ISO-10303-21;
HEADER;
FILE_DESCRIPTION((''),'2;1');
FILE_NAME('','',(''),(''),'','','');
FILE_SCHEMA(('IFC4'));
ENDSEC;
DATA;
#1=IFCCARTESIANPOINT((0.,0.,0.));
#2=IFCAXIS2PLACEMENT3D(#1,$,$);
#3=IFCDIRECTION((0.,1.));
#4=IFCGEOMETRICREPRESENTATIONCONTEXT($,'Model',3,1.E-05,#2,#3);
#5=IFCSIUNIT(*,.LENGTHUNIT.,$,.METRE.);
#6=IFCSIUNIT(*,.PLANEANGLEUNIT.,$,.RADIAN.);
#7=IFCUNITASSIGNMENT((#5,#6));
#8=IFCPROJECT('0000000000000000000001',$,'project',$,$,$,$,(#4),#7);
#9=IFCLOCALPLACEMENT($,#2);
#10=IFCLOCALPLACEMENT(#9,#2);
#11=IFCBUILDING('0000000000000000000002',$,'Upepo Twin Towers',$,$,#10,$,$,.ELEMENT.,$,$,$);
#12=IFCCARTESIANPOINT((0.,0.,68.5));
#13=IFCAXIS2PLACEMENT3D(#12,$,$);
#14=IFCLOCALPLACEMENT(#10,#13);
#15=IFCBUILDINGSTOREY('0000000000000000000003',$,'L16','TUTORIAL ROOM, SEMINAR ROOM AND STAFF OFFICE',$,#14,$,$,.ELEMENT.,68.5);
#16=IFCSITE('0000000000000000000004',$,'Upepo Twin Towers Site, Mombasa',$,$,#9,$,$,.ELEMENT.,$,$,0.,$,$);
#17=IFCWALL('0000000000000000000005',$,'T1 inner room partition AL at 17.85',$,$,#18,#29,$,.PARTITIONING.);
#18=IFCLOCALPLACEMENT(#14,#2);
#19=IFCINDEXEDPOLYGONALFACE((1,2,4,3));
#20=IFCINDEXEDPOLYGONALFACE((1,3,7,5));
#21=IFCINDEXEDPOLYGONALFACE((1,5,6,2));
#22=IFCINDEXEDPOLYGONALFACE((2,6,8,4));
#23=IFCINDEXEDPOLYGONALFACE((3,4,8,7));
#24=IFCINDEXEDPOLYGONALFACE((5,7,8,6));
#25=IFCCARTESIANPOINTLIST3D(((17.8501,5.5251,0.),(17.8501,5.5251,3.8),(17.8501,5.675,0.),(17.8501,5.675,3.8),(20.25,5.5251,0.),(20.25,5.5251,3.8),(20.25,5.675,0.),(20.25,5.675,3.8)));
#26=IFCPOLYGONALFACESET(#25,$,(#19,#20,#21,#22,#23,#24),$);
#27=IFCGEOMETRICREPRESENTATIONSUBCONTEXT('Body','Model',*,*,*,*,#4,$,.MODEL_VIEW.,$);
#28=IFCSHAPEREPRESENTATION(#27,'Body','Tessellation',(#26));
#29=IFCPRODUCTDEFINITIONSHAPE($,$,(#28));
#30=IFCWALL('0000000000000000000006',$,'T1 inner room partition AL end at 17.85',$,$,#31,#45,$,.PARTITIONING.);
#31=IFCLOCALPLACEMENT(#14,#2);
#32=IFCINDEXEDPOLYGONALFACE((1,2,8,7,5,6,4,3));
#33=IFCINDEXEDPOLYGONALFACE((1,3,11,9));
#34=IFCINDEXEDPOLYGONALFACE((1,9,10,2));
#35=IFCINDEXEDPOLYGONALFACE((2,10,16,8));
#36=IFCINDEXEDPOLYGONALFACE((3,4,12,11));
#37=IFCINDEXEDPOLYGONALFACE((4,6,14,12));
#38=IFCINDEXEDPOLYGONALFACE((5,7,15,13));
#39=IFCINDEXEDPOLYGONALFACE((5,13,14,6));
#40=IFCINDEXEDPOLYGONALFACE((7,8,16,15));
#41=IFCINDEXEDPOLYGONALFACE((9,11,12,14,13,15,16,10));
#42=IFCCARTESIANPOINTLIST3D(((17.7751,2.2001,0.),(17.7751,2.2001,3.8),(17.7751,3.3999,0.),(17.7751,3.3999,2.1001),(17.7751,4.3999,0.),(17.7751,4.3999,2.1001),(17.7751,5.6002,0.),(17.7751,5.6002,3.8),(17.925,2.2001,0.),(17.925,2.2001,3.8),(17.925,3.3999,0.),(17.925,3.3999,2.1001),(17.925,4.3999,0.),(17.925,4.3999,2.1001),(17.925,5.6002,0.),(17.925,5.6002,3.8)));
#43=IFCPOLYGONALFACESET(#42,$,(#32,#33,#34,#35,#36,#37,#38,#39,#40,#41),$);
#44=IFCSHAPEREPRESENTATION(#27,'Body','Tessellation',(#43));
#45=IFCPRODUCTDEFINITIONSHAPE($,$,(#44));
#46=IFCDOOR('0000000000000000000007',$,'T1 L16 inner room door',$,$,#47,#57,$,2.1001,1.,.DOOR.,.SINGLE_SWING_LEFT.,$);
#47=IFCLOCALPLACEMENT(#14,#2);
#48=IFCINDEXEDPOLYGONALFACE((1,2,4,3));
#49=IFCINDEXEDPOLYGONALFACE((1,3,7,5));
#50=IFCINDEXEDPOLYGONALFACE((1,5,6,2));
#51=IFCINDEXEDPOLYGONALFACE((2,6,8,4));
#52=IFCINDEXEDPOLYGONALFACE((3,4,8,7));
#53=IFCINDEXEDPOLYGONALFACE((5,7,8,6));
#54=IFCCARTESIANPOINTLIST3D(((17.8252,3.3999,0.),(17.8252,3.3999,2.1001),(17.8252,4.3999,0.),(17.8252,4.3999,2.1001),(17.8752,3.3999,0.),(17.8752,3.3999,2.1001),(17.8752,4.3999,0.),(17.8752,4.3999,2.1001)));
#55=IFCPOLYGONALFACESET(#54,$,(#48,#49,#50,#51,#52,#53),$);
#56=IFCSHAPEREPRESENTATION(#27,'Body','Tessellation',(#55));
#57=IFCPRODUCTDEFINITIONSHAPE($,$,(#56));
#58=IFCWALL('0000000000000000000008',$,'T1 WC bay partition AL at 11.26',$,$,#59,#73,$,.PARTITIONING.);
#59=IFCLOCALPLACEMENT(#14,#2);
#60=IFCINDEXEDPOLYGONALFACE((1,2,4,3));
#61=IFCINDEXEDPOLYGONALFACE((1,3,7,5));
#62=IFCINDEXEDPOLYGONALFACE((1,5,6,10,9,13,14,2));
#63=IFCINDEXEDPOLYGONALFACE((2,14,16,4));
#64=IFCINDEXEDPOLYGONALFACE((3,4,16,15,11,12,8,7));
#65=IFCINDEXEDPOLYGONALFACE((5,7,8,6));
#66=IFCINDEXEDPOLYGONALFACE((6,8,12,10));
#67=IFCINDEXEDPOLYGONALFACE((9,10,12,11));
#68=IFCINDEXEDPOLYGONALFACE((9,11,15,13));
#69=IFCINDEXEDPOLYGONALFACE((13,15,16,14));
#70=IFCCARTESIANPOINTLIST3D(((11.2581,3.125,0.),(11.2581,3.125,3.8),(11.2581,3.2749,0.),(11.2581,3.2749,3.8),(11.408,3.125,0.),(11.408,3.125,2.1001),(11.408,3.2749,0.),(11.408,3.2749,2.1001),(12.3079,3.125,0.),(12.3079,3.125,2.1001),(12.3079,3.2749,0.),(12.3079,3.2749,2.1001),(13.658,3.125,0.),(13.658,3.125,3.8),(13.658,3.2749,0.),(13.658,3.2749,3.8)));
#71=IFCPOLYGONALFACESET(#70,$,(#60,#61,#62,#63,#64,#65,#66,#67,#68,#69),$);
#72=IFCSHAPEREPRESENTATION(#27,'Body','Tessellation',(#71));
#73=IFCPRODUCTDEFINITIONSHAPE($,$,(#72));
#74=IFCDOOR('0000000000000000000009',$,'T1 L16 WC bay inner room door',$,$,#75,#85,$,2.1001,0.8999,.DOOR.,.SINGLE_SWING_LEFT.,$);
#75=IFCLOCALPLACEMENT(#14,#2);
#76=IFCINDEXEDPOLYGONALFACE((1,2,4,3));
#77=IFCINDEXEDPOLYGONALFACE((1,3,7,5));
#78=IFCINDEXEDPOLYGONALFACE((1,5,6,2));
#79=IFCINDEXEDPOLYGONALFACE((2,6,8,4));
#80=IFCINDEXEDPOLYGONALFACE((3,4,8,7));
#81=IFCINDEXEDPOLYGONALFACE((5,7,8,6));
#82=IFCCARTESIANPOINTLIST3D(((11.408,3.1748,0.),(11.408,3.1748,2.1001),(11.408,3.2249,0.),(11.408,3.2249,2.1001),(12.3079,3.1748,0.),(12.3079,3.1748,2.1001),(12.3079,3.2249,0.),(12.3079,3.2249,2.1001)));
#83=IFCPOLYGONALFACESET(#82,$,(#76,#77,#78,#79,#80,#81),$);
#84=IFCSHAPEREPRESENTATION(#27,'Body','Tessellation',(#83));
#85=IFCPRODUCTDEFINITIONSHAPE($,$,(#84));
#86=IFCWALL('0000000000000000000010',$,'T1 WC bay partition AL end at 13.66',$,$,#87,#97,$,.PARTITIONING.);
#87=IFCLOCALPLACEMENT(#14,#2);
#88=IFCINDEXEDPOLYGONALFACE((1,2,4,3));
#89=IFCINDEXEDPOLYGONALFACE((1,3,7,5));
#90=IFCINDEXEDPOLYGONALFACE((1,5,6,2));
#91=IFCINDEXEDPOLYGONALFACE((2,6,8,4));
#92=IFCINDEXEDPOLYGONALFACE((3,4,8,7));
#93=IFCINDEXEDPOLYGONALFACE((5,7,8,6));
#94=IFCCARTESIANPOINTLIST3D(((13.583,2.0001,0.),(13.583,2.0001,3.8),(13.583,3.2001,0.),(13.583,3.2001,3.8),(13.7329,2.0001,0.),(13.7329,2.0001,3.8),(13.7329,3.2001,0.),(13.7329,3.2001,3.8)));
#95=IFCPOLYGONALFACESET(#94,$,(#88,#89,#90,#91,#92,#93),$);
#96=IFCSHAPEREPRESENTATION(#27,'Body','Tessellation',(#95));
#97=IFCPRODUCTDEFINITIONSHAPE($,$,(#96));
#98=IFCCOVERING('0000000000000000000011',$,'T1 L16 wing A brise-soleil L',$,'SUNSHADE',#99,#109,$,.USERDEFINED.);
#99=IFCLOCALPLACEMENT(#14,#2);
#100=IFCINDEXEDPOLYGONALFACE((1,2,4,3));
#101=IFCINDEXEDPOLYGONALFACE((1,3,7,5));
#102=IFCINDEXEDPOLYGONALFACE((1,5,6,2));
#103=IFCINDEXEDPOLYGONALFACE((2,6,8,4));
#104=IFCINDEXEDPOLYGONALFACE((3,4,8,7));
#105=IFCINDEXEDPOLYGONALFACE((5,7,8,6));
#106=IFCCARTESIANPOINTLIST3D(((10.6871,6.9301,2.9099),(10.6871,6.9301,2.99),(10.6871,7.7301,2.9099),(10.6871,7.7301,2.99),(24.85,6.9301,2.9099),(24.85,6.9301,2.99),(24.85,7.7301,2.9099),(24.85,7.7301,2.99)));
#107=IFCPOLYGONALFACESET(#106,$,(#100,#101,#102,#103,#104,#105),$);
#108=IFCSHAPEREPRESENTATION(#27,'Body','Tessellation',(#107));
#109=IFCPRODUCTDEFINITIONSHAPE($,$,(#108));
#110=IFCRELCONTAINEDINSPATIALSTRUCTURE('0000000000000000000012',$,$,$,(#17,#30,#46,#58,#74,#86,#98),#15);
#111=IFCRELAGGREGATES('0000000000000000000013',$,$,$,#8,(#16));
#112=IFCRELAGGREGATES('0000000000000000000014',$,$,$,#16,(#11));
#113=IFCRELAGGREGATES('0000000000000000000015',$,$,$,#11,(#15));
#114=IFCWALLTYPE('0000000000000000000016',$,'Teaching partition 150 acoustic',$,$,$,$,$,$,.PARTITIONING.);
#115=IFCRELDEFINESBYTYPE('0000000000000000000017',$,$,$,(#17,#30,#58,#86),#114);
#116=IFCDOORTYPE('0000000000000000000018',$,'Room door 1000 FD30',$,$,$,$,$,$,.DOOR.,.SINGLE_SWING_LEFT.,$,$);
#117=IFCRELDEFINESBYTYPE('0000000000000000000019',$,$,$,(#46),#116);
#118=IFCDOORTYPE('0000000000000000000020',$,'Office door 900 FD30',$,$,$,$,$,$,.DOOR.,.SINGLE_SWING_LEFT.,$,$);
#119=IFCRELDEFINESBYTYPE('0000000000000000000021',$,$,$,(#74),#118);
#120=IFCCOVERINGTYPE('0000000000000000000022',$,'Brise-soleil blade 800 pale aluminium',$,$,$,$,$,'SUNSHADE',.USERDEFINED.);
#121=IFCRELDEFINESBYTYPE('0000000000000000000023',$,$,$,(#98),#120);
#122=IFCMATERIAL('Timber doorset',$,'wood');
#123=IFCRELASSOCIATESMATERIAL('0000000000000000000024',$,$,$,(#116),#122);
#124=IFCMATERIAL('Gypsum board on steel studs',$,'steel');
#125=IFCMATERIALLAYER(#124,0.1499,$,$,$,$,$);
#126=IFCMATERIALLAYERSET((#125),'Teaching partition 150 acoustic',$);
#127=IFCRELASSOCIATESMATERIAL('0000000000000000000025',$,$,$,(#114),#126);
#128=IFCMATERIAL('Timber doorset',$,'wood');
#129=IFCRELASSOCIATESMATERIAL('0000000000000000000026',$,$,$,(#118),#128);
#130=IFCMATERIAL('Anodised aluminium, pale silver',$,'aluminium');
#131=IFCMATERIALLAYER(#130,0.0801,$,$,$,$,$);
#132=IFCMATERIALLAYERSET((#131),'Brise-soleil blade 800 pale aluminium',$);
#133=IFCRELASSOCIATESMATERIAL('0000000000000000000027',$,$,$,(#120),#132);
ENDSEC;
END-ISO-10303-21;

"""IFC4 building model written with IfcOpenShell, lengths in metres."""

from ifc_helpers import new_model, si_unit, direction, frame, frame_2d, origin, origin_2d, place, context, subcontext, project, spatial, rectangle, extrude, material, layer, layer_set, type_object, element, fill, save


model = new_model("IFC4")

# Units and contexts
model_context = context("Model", 3, precision=1e-05, world=origin(), true_north=direction((0.0, 1.0)))
body_context = subcontext(model_context, "Body", "Model", "MODEL_VIEW")
ifc_project = project(units=[si_unit("LENGTHUNIT", "METRE"), si_unit("PLANEANGLEUNIT", "RADIAN")], contexts=[model_context])

# Site, building, storey
site_placement = place(None, origin())
site = spatial("IfcSite", under=ifc_project, at=site_placement, Name="Upepo Twin Towers Site, Mombasa", CompositionType="ELEMENT", RefElevation=0.0)
building_placement = place(site_placement, origin())
building = spatial("IfcBuilding", under=site, at=building_placement, Name="Upepo Twin Towers", CompositionType="ELEMENT")
storey_placement = place(building_placement, frame((0.0, 0.0, 68.5)))
storey = spatial("IfcBuildingStorey", under=building, at=storey_placement, Name="L16", Description="TUTORIAL ROOM, SEMINAR ROOM AND STAFF OFFICE", CompositionType="ELEMENT", Elevation=68.5)

# Shared definitions
ifc_material_1 = material(Name="Timber doorset", Category="wood")
door_type_1 = type_object("IfcDoorType", Name="Room door 1000 FD30", OperationType="SINGLE_SWING_LEFT", PredefinedType="DOOR", material=ifc_material_1)

# Wall
ifc_material_2 = material(Name="Gypsum board on steel studs", Category="steel")
ifc_layer_1 = layer(ifc_material_2, 0.1499)
ifc_layer_set_1 = layer_set([ifc_layer_1], Name="Teaching partition 150 acoustic")
wall_type_1 = type_object("IfcWallType", Name="Teaching partition 150 acoustic", PredefinedType="PARTITIONING", material=ifc_layer_set_1)
wall_1_placement = place(storey_placement, frame((17.8501, 5.6001, 0.0), z_axis=(0.0, 0.0, 1.0), x_axis=(1.0, 0.0, 0.0)))
element("IfcWall", 1, at=wall_1_placement, inside=storey, type_object=wall_type_1, Name="T1 inner room partition AL at 17.85", PredefinedType="PARTITIONING", context=body_context, shape_type="SweptSolid", body=[
    extrude(rectangle(XDim=2.3999, YDim=0.1499, at=frame_2d((1.2, 0.0))), origin(), (0.0, 0.0, 1.0), 3.8),
])

# Walls, openings, doors
wall_2_placement = place(storey_placement, frame((17.8501, 2.2, 0.0), z_axis=(0.0, 0.0, 1.0), x_axis=(0.0, 1.0, 0.0)))
wall_2 = element("IfcWall", 2, at=wall_2_placement, inside=storey, type_object=wall_type_1, Name="T1 inner room partition AL end at 17.85", PredefinedType="PARTITIONING", context=body_context, shape_type="SweptSolid", body=[
    extrude(rectangle(XDim=3.4001, YDim=0.1499, at=frame_2d((1.7002, 0.0))), origin(), (0.0, 0.0, 1.0), 3.8),
])
opening_1_placement = place(wall_2_placement, frame((1.2, 0.0, 0.0)))
opening_1 = element("IfcOpeningElement", 3, at=opening_1_placement, cuts=wall_2, PredefinedType="OPENING", context=body_context, shape_type="SweptSolid", body=[
    extrude(rectangle(XDim=1.0, YDim=2.1001, at=frame_2d((0.5, 1.05))), frame((0.0, 0.085, 0.0), z_axis=(0.0, -1.0, 0.0), x_axis=(1.0, 0.0, 0.0)), (0.0, 0.0, 1.0), 0.1699),
])
door_1_placement = place(opening_1_placement, origin())
door_1 = element("IfcDoor", 4, at=door_1_placement, inside=storey, type_object=door_type_1, Name="T1 L16 inner room door", OperationType="SINGLE_SWING_LEFT", OverallHeight=2.1001, OverallWidth=1.0, PredefinedType="DOOR", context=body_context, shape_type="SweptSolid", body=[
    extrude(rectangle(XDim=1.0, YDim=2.1001, at=frame_2d((0.5, 1.05))), frame((0.0, 0.0249, 0.0), z_axis=(0.0, -1.0, 0.0), x_axis=(1.0, 0.0, 0.0)), (0.0, 0.0, 1.0), 0.05),
])
fill(opening_1, door_1)
wall_3_placement = place(storey_placement, frame((11.2581, 3.2, 0.0), z_axis=(0.0, 0.0, 1.0), x_axis=(1.0, 0.0, 0.0)))
wall_3 = element("IfcWall", 5, at=wall_3_placement, inside=storey, type_object=wall_type_1, Name="T1 WC bay partition AL at 11.26", PredefinedType="PARTITIONING", context=body_context, shape_type="SweptSolid", body=[
    extrude(rectangle(XDim=2.3999, YDim=0.1499, at=frame_2d((1.2, 0.0))), origin(), (0.0, 0.0, 1.0), 3.8),
])
opening_2_placement = place(wall_3_placement, frame((0.1499, 0.0, 0.0)))
opening_2 = element("IfcOpeningElement", 6, at=opening_2_placement, cuts=wall_3, PredefinedType="OPENING", context=body_context, shape_type="SweptSolid", body=[
    extrude(rectangle(XDim=0.8999, YDim=2.1001, at=frame_2d((0.45, 1.05))), frame((0.0, 0.085, 0.0), z_axis=(0.0, -1.0, 0.0), x_axis=(1.0, 0.0, 0.0)), (0.0, 0.0, 1.0), 0.1699),
])
ifc_material_3 = material(Name="Timber doorset", Category="wood")
door_type_2 = type_object("IfcDoorType", Name="Office door 900 FD30", OperationType="SINGLE_SWING_LEFT", PredefinedType="DOOR", material=ifc_material_3)
door_2_placement = place(opening_2_placement, origin())
door_2 = element("IfcDoor", 7, at=door_2_placement, inside=storey, type_object=door_type_2, Name="T1 L16 WC bay inner room door", OperationType="SINGLE_SWING_LEFT", OverallHeight=2.1001, OverallWidth=0.8999, PredefinedType="DOOR", context=body_context, shape_type="SweptSolid", body=[
    extrude(rectangle(XDim=0.8999, YDim=2.1001, at=frame_2d((0.45, 1.05))), frame((0.0, 0.0249, 0.0), z_axis=(0.0, -1.0, 0.0), x_axis=(1.0, 0.0, 0.0)), (0.0, 0.0, 1.0), 0.05),
])
fill(opening_2, door_2)

# Wall
wall_4_placement = place(storey_placement, frame((13.658, 2.0, 0.0), z_axis=(0.0, 0.0, 1.0), x_axis=(0.0, 1.0, 0.0)))
element("IfcWall", 8, at=wall_4_placement, inside=storey, type_object=wall_type_1, Name="T1 WC bay partition AL end at 13.66", PredefinedType="PARTITIONING", context=body_context, shape_type="SweptSolid", body=[
    extrude(rectangle(XDim=1.2, YDim=0.1499, at=frame_2d((0.6001, 0.0))), origin(), (0.0, 0.0, 1.0), 3.8),
])

# Covering
ifc_material_4 = material(Name="Anodised aluminium, pale silver", Category="aluminium")
ifc_layer_2 = layer(ifc_material_4, 0.0801)
ifc_layer_set_2 = layer_set([ifc_layer_2], Name="Brise-soleil blade 800 pale aluminium")
covering_type = type_object("IfcCoveringType", Name="Brise-soleil blade 800 pale aluminium", ElementType="SUNSHADE", PredefinedType="USERDEFINED", material=ifc_layer_set_2)
covering_placement = place(storey_placement, frame((17.7686, 7.3301, 2.9099), z_axis=(0.0, 0.0, 1.0), x_axis=(1.0, 0.0, 0.0)))
element("IfcCovering", 9, at=covering_placement, inside=storey, type_object=covering_type, Name="T1 L16 wing A brise-soleil L", ObjectType="SUNSHADE", PredefinedType="USERDEFINED", context=body_context, shape_type="SweptSolid", body=[
    extrude(rectangle(XDim=14.1628, YDim=0.8, at=origin_2d()), origin(), (0.0, 0.0, 1.0), 0.0801),
])

save(model, "model.ifc")
